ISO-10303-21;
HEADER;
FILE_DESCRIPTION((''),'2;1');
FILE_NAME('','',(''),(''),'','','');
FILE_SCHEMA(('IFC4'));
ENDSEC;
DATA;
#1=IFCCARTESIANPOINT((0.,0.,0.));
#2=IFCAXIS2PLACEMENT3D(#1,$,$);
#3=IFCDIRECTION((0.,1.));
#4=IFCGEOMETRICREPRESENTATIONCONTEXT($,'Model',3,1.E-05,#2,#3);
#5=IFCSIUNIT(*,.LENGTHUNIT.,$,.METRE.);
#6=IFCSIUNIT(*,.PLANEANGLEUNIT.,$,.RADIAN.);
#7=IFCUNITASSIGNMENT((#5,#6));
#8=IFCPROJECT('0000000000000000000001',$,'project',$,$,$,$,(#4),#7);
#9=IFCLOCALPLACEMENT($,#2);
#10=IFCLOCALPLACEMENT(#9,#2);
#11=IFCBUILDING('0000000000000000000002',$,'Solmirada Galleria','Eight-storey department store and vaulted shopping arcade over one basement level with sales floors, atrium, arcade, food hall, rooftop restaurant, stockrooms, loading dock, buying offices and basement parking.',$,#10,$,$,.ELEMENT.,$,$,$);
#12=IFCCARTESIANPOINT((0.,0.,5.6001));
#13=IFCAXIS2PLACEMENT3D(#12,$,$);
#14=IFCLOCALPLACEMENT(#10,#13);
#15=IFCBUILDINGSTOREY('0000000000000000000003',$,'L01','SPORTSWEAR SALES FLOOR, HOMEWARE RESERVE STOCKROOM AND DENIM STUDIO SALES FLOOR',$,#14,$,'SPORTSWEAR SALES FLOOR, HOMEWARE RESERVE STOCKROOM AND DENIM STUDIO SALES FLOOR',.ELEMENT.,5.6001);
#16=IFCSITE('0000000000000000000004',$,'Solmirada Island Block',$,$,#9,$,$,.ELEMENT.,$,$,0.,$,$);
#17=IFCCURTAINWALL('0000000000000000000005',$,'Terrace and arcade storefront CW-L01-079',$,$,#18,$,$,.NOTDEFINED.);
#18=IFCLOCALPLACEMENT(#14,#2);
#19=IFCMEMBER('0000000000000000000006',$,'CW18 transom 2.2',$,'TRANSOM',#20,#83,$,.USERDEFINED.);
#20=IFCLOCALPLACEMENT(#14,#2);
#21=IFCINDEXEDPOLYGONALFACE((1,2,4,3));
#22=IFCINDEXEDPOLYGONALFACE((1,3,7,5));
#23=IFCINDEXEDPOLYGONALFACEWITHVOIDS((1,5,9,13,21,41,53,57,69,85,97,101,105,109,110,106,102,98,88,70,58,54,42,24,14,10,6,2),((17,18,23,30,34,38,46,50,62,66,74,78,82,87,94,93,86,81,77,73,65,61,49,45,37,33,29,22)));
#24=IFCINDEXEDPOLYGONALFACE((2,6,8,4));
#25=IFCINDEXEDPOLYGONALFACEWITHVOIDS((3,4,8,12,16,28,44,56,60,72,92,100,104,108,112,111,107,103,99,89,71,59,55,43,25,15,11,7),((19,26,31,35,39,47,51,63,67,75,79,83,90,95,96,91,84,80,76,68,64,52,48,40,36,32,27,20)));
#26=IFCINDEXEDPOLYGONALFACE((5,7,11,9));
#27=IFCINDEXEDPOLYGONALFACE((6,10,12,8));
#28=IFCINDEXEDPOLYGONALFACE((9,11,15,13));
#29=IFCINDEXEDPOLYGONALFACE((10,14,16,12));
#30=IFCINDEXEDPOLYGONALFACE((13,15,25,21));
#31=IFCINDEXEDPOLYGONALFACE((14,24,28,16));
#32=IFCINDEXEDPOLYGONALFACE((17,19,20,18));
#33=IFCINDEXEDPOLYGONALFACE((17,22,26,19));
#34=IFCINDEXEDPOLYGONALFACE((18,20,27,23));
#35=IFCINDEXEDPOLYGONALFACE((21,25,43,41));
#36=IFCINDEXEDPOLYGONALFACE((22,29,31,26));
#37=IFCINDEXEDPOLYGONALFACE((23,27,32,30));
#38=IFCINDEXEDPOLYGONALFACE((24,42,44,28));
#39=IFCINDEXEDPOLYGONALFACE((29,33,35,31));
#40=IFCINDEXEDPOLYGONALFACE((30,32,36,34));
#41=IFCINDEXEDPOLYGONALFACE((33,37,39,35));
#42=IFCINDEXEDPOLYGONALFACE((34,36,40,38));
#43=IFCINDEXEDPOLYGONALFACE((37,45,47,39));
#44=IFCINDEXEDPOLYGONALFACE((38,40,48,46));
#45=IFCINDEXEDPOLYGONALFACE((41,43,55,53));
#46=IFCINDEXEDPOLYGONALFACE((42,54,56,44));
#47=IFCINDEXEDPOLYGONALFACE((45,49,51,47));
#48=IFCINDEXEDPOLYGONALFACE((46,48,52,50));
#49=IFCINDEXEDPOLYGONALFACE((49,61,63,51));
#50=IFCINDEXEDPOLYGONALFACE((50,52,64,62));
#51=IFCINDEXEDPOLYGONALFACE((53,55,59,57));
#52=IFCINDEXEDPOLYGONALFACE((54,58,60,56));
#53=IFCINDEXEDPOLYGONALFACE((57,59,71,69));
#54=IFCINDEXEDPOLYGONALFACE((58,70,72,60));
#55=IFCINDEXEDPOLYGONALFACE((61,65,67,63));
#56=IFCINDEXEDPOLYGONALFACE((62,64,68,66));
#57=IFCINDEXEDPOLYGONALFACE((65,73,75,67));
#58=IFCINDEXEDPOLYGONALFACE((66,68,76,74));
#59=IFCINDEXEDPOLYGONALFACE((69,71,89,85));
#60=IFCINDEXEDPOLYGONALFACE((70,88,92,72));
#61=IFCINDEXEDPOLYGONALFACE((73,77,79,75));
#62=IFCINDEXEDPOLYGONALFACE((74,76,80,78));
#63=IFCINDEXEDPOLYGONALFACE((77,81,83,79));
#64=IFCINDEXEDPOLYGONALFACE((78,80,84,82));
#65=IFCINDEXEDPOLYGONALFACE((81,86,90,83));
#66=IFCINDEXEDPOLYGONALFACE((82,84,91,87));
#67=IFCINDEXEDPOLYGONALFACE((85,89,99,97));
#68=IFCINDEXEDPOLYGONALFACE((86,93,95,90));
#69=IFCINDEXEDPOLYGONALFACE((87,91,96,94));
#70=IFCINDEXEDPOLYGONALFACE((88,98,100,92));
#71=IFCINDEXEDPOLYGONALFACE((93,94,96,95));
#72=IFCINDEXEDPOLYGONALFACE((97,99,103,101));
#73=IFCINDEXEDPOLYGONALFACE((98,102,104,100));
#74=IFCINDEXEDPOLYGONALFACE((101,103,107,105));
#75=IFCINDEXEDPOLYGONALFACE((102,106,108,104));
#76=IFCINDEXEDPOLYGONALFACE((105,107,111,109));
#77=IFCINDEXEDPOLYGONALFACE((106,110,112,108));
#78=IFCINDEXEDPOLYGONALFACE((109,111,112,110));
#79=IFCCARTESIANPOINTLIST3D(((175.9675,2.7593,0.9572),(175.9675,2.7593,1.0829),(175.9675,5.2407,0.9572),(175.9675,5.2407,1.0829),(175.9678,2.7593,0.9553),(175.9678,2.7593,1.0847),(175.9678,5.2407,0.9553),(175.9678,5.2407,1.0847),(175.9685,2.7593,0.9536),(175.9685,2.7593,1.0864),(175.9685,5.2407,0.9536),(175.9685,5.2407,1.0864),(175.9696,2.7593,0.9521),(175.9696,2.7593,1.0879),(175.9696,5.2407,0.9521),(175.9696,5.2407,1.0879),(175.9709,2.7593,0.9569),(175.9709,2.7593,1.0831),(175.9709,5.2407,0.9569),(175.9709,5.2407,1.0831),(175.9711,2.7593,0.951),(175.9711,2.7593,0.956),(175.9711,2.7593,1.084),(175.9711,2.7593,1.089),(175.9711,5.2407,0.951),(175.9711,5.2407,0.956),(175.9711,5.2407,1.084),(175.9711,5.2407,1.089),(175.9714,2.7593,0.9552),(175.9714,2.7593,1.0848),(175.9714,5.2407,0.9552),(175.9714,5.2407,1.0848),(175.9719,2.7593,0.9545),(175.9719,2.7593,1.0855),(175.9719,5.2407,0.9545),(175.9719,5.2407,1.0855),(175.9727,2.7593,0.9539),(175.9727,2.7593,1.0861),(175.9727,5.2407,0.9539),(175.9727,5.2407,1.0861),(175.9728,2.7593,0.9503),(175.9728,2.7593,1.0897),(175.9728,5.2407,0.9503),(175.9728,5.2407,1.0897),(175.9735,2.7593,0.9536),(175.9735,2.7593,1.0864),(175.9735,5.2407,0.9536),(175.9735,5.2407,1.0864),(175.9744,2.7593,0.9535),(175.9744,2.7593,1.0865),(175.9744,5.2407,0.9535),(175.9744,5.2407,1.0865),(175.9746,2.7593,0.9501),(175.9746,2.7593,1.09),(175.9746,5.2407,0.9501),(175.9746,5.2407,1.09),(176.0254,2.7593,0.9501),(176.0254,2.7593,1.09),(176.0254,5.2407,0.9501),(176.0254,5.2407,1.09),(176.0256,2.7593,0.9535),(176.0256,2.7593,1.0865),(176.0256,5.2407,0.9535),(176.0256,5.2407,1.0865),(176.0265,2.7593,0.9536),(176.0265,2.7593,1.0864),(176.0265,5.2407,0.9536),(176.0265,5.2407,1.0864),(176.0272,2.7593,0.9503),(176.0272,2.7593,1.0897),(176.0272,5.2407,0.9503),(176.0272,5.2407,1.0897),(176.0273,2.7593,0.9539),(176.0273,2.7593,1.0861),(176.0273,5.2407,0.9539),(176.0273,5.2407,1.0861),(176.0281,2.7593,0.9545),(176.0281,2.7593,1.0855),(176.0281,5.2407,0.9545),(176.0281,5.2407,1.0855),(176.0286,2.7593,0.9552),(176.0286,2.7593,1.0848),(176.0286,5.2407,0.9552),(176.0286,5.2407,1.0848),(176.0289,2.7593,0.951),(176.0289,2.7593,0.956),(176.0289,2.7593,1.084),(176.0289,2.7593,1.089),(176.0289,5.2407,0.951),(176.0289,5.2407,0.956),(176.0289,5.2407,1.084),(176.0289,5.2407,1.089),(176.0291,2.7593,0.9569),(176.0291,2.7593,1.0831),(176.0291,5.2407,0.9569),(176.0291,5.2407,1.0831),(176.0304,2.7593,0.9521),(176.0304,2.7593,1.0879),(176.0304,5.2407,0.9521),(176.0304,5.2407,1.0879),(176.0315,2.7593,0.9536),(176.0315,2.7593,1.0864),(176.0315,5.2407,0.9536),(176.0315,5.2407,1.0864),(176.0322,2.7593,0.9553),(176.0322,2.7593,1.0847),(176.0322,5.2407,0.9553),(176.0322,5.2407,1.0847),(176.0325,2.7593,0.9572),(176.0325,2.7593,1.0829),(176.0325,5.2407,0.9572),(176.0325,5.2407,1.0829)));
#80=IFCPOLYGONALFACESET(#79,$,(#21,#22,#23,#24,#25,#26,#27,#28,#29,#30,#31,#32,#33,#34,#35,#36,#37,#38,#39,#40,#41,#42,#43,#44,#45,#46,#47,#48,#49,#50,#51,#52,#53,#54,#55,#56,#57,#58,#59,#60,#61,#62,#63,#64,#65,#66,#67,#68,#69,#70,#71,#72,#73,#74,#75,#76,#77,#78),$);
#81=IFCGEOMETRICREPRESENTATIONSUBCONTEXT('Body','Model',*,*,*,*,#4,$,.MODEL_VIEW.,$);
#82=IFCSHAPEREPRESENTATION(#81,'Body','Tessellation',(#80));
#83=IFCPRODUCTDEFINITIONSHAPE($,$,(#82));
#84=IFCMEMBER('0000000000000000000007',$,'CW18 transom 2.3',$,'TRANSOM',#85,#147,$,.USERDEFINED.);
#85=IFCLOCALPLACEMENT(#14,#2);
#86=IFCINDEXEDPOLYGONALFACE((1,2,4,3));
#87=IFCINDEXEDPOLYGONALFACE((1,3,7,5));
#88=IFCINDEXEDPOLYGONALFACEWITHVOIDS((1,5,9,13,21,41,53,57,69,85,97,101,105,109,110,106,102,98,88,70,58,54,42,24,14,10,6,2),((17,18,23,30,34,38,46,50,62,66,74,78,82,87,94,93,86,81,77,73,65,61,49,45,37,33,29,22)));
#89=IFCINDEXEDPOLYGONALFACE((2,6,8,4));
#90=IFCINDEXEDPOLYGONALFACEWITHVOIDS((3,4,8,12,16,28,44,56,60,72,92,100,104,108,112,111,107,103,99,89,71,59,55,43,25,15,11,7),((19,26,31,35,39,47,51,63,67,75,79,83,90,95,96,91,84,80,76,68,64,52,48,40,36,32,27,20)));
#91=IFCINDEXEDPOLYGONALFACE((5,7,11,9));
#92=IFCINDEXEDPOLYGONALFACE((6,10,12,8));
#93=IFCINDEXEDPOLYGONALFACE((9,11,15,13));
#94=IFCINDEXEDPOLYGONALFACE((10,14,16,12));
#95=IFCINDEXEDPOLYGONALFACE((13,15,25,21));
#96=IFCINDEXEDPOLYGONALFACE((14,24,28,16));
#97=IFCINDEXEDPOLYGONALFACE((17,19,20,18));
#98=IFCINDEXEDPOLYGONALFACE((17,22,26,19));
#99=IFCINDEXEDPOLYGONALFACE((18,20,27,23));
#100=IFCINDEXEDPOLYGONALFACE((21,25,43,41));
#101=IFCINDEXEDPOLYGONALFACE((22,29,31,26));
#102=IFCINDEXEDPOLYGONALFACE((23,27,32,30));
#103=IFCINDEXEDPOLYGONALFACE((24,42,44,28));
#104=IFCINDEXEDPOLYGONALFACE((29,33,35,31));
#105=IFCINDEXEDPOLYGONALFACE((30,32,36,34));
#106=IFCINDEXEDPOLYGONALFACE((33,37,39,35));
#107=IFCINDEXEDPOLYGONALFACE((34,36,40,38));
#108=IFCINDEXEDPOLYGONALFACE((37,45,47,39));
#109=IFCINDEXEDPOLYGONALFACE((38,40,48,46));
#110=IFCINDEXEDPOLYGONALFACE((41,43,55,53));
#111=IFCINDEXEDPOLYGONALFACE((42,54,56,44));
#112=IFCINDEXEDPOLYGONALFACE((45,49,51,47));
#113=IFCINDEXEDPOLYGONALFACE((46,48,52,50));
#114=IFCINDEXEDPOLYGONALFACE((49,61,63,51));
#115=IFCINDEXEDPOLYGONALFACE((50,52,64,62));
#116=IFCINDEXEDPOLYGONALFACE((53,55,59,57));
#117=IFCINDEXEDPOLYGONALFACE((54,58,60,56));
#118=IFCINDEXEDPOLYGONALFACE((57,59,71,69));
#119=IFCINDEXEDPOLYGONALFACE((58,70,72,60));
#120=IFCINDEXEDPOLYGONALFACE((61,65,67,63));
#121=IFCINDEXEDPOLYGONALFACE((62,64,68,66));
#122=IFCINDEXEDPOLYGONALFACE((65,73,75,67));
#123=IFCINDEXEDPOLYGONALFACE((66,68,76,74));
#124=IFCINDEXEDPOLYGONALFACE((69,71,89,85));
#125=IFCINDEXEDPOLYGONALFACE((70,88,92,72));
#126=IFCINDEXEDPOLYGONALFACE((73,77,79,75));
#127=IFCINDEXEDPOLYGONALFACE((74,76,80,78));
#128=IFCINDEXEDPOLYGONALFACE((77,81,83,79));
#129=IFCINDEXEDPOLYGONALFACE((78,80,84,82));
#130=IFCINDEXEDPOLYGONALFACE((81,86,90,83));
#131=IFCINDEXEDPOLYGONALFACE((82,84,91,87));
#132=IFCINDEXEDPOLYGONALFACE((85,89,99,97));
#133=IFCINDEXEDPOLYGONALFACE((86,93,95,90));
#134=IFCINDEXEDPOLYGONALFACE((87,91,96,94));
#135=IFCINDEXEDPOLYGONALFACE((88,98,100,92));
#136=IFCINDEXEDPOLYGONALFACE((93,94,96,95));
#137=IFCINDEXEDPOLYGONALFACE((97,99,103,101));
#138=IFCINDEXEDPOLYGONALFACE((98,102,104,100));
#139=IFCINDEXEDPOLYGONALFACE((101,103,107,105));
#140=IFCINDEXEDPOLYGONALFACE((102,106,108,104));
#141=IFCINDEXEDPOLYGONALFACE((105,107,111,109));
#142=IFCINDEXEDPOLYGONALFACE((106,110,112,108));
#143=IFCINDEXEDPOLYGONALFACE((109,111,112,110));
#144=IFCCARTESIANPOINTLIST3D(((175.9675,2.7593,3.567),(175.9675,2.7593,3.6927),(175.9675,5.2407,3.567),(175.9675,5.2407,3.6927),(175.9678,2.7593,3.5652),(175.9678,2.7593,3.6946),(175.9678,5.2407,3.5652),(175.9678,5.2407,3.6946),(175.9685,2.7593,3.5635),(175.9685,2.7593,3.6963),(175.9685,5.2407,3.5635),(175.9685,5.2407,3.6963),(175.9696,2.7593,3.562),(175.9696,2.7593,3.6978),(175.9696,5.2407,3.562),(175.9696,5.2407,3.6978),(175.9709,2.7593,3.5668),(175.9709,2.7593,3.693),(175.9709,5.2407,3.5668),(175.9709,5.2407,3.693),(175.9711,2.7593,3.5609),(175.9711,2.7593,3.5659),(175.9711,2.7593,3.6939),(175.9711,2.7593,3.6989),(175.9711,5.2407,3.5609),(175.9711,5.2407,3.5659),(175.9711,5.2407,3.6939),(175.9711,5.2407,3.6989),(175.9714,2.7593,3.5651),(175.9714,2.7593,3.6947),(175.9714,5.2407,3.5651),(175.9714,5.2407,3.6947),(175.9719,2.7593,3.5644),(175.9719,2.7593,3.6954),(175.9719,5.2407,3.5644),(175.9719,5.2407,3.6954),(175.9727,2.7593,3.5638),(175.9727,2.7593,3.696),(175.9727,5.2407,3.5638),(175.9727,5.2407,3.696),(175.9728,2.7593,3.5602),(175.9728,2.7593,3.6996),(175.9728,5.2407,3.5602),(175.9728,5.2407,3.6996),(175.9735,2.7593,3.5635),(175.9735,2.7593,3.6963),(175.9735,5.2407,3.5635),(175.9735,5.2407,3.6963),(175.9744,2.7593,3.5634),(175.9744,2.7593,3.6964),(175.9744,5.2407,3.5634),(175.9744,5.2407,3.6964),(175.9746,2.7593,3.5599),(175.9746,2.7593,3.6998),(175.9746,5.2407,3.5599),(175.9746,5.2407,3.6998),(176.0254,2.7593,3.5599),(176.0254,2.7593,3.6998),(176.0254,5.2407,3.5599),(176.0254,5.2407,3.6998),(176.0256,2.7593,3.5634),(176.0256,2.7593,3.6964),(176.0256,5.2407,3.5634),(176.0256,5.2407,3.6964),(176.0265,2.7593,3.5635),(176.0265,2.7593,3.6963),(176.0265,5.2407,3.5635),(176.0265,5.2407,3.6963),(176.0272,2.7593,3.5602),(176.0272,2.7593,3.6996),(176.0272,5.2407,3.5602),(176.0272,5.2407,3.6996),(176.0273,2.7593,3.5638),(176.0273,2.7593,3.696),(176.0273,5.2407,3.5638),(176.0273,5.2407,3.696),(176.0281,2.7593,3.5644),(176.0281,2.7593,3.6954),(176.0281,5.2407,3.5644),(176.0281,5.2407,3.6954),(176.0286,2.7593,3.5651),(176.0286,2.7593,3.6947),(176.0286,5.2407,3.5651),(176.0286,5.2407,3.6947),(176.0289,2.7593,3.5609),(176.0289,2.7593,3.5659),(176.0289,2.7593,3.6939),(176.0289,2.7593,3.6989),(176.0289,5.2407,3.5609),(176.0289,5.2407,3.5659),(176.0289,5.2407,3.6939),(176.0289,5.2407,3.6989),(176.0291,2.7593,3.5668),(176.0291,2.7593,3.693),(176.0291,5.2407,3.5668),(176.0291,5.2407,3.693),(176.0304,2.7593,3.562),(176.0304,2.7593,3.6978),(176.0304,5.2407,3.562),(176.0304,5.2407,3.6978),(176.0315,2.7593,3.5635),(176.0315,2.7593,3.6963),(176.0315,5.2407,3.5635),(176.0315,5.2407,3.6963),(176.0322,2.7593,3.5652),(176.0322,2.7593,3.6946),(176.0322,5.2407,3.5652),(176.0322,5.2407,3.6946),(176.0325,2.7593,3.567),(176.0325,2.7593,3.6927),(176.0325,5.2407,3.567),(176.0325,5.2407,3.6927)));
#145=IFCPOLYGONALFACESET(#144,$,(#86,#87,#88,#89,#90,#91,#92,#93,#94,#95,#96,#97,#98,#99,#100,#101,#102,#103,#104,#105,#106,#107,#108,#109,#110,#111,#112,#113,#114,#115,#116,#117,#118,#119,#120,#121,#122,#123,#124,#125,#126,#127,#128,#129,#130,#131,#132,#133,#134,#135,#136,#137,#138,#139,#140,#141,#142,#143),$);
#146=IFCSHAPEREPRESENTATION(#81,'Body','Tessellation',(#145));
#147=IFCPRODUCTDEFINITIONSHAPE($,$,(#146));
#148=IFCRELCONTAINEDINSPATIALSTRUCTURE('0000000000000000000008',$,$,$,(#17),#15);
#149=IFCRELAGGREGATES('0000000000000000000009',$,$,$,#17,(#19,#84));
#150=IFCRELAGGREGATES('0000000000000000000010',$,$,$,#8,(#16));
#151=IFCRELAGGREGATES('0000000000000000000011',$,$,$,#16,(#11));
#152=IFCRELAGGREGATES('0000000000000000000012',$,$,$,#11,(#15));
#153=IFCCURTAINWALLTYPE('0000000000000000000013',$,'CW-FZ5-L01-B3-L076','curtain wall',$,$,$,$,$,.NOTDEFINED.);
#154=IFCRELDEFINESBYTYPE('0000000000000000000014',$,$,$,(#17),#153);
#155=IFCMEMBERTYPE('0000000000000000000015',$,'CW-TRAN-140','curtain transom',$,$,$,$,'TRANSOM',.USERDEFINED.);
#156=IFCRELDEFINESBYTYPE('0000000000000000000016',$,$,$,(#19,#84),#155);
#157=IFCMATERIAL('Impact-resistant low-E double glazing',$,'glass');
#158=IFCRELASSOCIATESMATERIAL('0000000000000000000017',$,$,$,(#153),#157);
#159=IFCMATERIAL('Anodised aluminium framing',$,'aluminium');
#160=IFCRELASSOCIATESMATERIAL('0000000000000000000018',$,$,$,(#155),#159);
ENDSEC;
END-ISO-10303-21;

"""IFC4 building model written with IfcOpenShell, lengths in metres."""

from ifc_helpers import new_model, si_unit, direction, frame, origin, origin_2d, place, context, subcontext, project, spatial, hollow_rectangle, extrude, material, material_profile, profile_set, type_object, element, aggregate, save


model = new_model("IFC4")

# Units and contexts
model_context = context("Model", 3, precision=1e-05, world=origin(), true_north=direction((0.0, 1.0)))
body_context = subcontext(model_context, "Body", "Model", "MODEL_VIEW")
ifc_project = project(units=[si_unit("LENGTHUNIT", "METRE"), si_unit("PLANEANGLEUNIT", "RADIAN")], contexts=[model_context])

# Site, building, storey
site_placement = place(None, origin())
site = spatial("IfcSite", under=ifc_project, at=site_placement, Name="Solmirada Island Block", CompositionType="ELEMENT", RefElevation=0.0)
building_placement = place(site_placement, origin())
building = spatial("IfcBuilding", under=site, at=building_placement, Name="Solmirada Galleria", Description="Eight-storey department store and vaulted shopping arcade over one basement level with sales floors, atrium, arcade, food hall, rooftop restaurant, stockrooms, loading dock, buying offices and basement parking.", CompositionType="ELEMENT")
storey_placement = place(building_placement, frame((0.0, 0.0, 5.6001)))
storey = spatial("IfcBuildingStorey", under=building, at=storey_placement, Name="L01", Description="SPORTSWEAR SALES FLOOR, HOMEWARE RESERVE STOCKROOM AND DENIM STUDIO SALES FLOOR", LongName="SPORTSWEAR SALES FLOOR, HOMEWARE RESERVE STOCKROOM AND DENIM STUDIO SALES FLOOR", CompositionType="ELEMENT", Elevation=5.6001)

# Curtain wall
ifc_material_1 = material(Name="Impact-resistant low-E double glazing", Category="glass")
curtain_wall_type = type_object("IfcCurtainWallType", Name="CW-FZ5-L01-B3-L076", Description="curtain wall", PredefinedType="NOTDEFINED", material=ifc_material_1)
ifc_material_2 = material(Name="Anodised aluminium framing", Category="aluminium")
curtain_wall_1_placement = place(storey_placement, origin())
curtain_wall_1 = element("IfcCurtainWall", 1, at=curtain_wall_1_placement, inside=storey, type_object=curtain_wall_type, Name="Terrace and arcade storefront CW-L01-079", PredefinedType="NOTDEFINED")

# Members
ifc_material_profile_1 = material_profile(ifc_material_2, hollow_rectangle(XDim=0.0649, YDim=0.1399, WallThickness=0.0034, InnerFilletRadius=0.0034, OuterFilletRadius=0.0071, at=origin_2d()), Name="ALU-TRAN-140X65")
ifc_profile_set_1 = profile_set([ifc_material_profile_1], Name="Anodised aluminium framing")
member_type_1 = type_object("IfcMemberType", Name="CW-TRAN-140", Description="curtain transom", ElementType="TRANSOM", PredefinedType="USERDEFINED", material=ifc_profile_set_1)
member_1_placement = place(storey_placement, frame((176.0, 5.2407, 1.02), z_axis=(0.0, -1.0, 0.0), x_axis=(1.0, 0.0, 0.0)))
member_1 = element("IfcMember", 2, at=member_1_placement, type_object=member_type_1, Name="CW18 transom 2.2", ObjectType="TRANSOM", PredefinedType="USERDEFINED", context=body_context, shape_type="SweptSolid", body=[
    extrude(hollow_rectangle(XDim=0.0649, YDim=0.1399, WallThickness=0.0034, InnerFilletRadius=0.0034, OuterFilletRadius=0.0071, at=origin_2d()), origin(), (0.0, 0.0, 1.0), 2.4814),
])
member_2_placement = place(storey_placement, frame((176.0, 5.2407, 3.6299), z_axis=(0.0, -1.0, 0.0), x_axis=(1.0, 0.0, 0.0)))
member_2 = element("IfcMember", 3, at=member_2_placement, type_object=member_type_1, Name="CW18 transom 2.3", ObjectType="TRANSOM", PredefinedType="USERDEFINED", context=body_context, shape_type="SweptSolid", body=[
    extrude(hollow_rectangle(XDim=0.0649, YDim=0.1399, WallThickness=0.0034, InnerFilletRadius=0.0034, OuterFilletRadius=0.0071, at=origin_2d()), origin(), (0.0, 0.0, 1.0), 2.4814),
])

aggregate(curtain_wall_1, [member_1, member_2])

save(model, "model.ifc")
